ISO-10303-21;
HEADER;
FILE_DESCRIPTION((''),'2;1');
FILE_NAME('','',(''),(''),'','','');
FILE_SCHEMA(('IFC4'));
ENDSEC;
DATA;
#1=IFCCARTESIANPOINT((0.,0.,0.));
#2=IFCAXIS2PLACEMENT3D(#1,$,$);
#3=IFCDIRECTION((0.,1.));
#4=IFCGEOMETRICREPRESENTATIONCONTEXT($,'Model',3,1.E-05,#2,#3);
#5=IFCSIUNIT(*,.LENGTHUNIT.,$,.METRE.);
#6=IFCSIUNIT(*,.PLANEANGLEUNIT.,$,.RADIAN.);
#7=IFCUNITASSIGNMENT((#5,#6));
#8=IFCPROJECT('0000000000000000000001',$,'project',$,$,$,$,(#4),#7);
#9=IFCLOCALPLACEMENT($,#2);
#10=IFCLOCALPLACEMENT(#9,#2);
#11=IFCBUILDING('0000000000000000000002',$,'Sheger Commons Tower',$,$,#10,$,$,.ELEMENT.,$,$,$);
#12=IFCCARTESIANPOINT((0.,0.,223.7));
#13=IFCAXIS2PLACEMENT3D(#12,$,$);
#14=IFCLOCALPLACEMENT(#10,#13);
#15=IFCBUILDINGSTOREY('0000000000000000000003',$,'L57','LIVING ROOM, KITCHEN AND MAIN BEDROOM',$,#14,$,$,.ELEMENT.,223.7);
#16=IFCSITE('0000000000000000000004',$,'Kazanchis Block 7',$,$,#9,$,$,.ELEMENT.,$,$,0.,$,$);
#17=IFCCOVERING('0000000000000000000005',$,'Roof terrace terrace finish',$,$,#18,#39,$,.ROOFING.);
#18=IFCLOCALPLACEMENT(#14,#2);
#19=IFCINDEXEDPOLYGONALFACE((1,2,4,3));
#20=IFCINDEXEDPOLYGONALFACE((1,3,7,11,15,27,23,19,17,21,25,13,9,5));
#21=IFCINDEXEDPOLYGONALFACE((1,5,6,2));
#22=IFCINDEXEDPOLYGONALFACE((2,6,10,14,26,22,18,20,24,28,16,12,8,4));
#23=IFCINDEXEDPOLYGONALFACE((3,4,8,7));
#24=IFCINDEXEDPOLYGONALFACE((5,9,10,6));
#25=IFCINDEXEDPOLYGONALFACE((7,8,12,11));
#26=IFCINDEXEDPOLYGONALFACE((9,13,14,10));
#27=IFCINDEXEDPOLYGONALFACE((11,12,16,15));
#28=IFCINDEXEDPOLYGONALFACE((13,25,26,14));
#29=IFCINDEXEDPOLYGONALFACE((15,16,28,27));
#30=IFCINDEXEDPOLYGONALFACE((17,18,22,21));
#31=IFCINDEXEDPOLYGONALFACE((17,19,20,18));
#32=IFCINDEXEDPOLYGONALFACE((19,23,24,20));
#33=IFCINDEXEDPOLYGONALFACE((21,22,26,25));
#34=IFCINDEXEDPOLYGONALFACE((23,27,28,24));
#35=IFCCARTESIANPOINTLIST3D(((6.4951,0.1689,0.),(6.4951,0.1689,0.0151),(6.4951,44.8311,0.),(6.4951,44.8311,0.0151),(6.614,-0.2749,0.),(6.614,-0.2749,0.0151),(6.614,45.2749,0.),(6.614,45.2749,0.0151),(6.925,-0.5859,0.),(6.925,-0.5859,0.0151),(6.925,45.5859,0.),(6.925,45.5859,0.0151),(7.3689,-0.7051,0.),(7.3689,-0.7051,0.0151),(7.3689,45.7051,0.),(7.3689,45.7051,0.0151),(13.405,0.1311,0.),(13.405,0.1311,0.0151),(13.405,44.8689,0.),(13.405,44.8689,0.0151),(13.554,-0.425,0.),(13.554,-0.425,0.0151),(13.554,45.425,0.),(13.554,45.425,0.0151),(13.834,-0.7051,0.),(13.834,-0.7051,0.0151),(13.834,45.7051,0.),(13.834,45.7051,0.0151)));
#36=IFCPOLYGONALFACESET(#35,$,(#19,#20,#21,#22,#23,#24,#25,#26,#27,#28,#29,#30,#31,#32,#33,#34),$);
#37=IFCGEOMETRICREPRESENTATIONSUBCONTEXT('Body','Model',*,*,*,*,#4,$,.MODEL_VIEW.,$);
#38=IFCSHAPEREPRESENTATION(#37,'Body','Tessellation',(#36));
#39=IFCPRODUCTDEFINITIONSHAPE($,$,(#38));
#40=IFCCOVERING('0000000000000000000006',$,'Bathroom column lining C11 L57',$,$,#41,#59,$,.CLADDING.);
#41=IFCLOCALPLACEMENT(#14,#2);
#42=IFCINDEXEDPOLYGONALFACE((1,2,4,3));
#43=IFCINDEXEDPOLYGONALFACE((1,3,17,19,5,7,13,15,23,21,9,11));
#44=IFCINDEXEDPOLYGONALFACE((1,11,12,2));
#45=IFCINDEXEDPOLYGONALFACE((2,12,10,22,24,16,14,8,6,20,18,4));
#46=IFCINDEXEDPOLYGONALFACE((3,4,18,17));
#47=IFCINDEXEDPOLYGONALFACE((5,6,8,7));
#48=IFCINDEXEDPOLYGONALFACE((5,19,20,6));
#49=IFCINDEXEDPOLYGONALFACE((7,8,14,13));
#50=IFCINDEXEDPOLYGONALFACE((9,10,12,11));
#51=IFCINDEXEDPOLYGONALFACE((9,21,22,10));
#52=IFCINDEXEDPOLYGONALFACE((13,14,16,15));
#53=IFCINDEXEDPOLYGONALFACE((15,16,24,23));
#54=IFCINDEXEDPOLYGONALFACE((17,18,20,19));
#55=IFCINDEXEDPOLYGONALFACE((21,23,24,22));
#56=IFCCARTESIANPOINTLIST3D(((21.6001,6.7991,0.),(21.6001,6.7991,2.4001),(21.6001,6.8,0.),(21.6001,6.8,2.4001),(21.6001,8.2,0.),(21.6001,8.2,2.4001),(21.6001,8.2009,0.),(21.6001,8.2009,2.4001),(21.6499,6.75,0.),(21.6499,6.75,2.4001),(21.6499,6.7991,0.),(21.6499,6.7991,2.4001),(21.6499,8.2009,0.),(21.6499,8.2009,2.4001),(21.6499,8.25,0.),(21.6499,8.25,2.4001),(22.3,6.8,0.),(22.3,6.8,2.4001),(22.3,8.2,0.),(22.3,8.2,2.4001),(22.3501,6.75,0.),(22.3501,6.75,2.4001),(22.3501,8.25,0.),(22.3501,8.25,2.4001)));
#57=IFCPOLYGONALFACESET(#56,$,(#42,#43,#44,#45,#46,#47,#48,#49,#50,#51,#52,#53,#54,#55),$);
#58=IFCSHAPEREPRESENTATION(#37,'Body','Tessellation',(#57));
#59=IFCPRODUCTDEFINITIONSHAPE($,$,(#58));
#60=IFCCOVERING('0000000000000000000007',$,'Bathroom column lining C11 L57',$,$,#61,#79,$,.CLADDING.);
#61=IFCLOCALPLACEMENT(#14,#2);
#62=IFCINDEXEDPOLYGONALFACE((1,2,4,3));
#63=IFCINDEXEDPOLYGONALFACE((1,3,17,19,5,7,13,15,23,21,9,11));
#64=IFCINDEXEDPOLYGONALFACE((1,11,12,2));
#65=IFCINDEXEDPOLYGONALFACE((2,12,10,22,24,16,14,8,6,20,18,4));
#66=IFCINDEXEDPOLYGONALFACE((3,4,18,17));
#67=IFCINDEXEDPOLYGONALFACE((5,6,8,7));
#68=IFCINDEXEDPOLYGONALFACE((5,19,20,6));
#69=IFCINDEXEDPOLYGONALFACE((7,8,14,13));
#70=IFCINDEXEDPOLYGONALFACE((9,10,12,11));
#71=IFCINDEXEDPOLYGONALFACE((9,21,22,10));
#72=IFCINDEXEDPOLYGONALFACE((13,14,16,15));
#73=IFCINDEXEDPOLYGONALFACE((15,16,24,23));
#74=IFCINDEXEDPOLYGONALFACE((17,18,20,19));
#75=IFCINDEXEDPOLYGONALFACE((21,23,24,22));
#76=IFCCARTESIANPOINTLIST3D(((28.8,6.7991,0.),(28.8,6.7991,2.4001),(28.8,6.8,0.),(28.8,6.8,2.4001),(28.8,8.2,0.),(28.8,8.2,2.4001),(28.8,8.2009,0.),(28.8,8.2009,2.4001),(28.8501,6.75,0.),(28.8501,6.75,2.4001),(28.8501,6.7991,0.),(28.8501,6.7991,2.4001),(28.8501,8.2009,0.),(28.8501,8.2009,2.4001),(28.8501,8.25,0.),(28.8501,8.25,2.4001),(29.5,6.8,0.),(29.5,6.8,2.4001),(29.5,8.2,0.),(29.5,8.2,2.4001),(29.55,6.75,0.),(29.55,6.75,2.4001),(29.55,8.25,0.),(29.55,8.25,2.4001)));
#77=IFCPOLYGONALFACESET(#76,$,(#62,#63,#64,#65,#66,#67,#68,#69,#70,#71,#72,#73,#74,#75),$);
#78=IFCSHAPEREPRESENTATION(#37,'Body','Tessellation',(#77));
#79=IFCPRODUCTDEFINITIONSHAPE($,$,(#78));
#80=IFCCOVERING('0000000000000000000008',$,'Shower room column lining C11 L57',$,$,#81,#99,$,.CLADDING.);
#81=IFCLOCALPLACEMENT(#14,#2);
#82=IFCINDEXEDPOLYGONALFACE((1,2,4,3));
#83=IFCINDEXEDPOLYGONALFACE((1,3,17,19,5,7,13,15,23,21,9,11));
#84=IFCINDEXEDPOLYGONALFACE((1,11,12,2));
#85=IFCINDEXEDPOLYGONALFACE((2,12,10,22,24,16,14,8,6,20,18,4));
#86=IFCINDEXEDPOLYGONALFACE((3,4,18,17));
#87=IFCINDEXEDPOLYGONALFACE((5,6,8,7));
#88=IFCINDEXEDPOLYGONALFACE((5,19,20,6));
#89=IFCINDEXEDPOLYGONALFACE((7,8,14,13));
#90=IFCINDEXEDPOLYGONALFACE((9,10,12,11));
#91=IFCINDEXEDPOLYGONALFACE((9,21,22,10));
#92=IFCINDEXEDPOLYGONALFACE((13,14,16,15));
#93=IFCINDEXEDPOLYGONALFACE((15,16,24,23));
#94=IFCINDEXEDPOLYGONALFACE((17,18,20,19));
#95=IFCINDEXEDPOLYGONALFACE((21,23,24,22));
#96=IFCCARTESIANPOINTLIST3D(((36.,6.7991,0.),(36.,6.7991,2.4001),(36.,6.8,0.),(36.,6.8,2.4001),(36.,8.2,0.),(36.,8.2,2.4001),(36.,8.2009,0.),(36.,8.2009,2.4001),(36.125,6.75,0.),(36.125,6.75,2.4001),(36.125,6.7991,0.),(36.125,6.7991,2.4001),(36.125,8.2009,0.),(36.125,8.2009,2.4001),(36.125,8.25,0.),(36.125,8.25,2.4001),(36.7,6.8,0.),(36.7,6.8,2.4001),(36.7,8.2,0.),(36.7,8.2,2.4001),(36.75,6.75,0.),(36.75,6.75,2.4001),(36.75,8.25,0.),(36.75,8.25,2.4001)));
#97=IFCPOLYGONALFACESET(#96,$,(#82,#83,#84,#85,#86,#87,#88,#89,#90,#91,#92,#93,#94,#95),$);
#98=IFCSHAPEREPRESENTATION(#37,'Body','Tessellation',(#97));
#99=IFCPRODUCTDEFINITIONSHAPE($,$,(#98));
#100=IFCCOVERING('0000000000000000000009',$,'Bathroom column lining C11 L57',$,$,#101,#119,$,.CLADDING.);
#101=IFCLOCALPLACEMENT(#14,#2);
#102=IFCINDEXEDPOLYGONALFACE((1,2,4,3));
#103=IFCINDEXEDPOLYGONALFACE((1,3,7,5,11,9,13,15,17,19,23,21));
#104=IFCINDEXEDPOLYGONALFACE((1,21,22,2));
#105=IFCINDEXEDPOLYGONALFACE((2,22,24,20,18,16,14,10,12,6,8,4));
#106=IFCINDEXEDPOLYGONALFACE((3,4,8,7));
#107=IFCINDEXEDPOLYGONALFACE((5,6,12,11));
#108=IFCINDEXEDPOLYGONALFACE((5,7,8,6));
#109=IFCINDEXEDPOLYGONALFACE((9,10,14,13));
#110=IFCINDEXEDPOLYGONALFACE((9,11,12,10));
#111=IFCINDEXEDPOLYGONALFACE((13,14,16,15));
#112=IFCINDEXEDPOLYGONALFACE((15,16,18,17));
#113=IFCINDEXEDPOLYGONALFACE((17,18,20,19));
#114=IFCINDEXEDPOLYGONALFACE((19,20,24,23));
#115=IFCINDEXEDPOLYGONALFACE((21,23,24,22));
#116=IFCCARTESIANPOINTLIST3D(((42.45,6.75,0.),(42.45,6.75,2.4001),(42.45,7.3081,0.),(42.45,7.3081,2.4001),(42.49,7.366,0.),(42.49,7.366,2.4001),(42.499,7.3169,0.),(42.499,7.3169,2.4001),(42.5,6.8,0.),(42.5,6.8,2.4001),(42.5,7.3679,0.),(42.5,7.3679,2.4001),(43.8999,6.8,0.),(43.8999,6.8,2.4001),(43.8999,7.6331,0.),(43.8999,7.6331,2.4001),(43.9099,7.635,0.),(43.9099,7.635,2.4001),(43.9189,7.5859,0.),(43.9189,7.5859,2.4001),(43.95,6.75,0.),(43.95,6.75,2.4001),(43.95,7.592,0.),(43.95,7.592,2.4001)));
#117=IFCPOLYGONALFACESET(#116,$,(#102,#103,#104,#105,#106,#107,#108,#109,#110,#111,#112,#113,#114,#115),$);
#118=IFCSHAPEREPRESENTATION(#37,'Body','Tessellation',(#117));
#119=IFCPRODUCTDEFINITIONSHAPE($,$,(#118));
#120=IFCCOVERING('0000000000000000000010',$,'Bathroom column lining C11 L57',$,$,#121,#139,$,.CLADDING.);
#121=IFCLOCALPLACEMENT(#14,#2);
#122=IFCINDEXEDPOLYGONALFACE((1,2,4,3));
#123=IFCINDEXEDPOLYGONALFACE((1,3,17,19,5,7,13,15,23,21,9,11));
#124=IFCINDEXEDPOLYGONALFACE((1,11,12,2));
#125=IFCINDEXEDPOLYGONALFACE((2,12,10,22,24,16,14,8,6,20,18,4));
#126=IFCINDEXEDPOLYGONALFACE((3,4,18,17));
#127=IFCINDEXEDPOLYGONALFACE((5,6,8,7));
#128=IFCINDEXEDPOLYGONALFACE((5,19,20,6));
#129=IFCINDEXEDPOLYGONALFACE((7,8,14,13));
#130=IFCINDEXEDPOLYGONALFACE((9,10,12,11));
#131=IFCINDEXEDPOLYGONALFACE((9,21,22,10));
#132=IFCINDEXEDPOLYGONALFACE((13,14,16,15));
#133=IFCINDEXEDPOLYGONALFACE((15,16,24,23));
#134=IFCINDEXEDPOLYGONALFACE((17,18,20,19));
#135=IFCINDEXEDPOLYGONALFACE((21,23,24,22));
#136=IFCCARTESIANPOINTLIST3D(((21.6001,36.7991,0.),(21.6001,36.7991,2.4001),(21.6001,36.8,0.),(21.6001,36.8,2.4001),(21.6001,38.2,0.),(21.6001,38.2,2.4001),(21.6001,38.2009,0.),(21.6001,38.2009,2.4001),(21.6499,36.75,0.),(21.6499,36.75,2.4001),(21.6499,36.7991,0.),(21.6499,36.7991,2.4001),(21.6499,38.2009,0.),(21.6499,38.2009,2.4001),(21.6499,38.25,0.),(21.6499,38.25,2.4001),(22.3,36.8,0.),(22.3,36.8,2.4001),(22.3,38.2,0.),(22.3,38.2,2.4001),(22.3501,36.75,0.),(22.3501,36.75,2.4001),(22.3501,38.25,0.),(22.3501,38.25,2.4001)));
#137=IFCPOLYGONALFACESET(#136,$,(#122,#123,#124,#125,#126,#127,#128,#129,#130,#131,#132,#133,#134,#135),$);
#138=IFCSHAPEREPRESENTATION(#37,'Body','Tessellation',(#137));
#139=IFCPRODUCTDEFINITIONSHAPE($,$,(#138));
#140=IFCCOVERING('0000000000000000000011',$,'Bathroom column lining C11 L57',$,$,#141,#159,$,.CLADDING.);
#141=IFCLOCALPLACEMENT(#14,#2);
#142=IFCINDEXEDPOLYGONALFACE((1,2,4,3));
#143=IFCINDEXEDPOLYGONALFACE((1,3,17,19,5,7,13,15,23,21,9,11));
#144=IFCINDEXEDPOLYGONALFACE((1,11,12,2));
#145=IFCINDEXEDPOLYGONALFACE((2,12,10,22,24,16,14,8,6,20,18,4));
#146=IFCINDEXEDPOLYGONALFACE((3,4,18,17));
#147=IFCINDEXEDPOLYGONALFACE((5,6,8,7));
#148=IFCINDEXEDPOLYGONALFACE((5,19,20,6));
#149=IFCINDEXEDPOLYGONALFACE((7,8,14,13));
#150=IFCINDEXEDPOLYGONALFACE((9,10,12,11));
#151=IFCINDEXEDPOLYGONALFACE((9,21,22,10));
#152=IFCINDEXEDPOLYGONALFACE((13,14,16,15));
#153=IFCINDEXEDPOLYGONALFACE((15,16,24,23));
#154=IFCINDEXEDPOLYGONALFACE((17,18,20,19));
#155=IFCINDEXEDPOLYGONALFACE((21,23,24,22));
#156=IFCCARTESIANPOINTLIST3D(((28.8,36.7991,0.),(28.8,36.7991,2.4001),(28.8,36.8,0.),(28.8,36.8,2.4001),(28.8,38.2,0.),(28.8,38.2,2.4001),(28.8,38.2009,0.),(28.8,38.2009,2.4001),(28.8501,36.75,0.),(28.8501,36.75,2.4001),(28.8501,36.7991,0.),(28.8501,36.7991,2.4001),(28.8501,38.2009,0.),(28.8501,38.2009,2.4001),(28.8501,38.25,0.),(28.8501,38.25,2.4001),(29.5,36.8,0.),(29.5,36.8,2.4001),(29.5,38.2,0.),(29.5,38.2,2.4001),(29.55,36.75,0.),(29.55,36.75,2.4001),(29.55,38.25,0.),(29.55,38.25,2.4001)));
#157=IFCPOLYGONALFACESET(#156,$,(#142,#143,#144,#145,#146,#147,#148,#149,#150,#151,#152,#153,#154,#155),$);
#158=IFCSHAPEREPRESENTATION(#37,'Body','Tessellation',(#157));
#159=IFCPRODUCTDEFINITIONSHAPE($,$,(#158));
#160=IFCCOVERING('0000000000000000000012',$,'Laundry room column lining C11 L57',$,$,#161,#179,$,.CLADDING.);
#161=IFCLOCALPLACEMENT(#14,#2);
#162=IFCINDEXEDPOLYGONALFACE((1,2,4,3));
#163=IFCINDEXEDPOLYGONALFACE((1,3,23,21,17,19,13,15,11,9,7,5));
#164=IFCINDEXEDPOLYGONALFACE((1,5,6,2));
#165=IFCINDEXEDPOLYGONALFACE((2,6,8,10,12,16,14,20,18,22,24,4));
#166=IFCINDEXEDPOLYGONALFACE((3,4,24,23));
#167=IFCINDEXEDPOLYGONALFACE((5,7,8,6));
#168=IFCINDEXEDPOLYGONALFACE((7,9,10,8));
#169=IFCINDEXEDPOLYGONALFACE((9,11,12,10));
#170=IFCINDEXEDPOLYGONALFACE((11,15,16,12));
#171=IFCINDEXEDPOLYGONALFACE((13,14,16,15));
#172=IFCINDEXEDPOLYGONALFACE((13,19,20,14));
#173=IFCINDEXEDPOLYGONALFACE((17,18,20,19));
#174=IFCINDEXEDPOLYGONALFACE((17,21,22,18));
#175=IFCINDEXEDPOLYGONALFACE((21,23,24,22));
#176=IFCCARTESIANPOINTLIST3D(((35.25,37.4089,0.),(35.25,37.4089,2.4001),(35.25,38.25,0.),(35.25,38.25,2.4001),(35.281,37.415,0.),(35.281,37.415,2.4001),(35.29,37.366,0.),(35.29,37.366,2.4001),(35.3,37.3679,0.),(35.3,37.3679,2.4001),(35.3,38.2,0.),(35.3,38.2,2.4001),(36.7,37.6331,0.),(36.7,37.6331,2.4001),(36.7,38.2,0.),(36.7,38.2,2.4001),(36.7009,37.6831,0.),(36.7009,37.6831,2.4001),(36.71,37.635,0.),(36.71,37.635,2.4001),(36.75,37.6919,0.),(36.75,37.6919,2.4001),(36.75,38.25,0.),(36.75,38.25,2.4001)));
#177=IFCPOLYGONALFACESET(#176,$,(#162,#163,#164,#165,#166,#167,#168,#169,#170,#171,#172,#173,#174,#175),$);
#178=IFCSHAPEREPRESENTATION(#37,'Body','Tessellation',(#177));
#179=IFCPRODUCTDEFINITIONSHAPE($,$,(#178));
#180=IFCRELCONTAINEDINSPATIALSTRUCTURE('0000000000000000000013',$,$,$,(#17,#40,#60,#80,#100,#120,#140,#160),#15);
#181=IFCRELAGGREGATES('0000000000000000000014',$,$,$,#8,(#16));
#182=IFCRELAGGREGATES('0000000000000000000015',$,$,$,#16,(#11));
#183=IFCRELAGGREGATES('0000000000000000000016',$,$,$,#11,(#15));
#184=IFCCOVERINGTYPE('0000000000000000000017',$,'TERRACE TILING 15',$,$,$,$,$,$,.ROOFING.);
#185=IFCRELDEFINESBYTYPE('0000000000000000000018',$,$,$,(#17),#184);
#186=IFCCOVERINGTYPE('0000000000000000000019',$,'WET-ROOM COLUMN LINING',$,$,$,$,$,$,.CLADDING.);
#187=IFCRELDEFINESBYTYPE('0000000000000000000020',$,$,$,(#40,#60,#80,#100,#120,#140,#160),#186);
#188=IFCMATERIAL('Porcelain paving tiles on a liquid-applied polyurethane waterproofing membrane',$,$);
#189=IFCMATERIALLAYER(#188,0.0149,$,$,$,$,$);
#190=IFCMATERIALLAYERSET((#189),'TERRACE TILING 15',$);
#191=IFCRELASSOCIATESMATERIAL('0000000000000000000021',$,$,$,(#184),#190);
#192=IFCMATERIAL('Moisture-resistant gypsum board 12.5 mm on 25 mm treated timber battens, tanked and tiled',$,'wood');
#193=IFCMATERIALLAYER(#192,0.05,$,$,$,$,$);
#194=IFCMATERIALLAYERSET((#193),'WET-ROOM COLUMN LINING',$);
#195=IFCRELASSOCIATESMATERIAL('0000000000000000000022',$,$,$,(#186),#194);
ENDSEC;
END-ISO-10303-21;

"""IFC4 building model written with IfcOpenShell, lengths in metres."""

from ifc_helpers import new_model, si_unit, direction, frame, origin, place, context, subcontext, project, spatial, polyline, outline, extrude, material, layer, layer_set, type_object, element, save


model = new_model("IFC4")

# Units and contexts
model_context = context("Model", 3, precision=1e-05, world=origin(), true_north=direction((0.0, 1.0)))
body_context = subcontext(model_context, "Body", "Model", "MODEL_VIEW")
ifc_project = project(units=[si_unit("LENGTHUNIT", "METRE"), si_unit("PLANEANGLEUNIT", "RADIAN")], contexts=[model_context])

# Site, building, storey
site_placement = place(None, origin())
site = spatial("IfcSite", under=ifc_project, at=site_placement, Name="Kazanchis Block 7", CompositionType="ELEMENT", RefElevation=0.0)
building_placement = place(site_placement, origin())
building = spatial("IfcBuilding", under=site, at=building_placement, Name="Sheger Commons Tower", CompositionType="ELEMENT")
storey_placement = place(building_placement, frame((0.0, 0.0, 223.7)))
storey = spatial("IfcBuildingStorey", under=building, at=storey_placement, Name="L57", Description="LIVING ROOM, KITCHEN AND MAIN BEDROOM", CompositionType="ELEMENT", Elevation=223.7)

# Coverings
ifc_material_1 = material(Name="Porcelain paving tiles on a liquid-applied polyurethane waterproofing membrane")
ifc_layer_1 = layer(ifc_material_1, 0.0149)
ifc_layer_set_1 = layer_set([ifc_layer_1], Name="TERRACE TILING 15")
covering_type_1 = type_object("IfcCoveringType", Name="TERRACE TILING 15", PredefinedType="ROOFING", material=ifc_layer_set_1)
covering_1_placement = place(storey_placement, origin())
element("IfcCovering", 1, at=covering_1_placement, inside=storey, type_object=covering_type_1, Name="Roof terrace terrace finish", PredefinedType="ROOFING", context=body_context, shape_type="SweptSolid", body=[
    extrude(outline(polyline([(7.3689, -0.7051), (13.834, -0.7051), (13.554, -0.425), (13.405, 0.1311), (13.405, 44.8689), (13.554, 45.425), (13.834, 45.7051), (7.3689, 45.7051), (6.925, 45.5859), (6.614, 45.2749), (6.4951, 44.8311), (6.4951, 0.1689), (6.614, -0.2749), (6.925, -0.5859), (7.3689, -0.7051)])), origin(), (0.0, 0.0, 1.0), 0.0151),
])
ifc_material_2 = material(Name="Moisture-resistant gypsum board 12.5 mm on 25 mm treated timber battens, tanked and tiled", Category="wood")
ifc_layer_2 = layer(ifc_material_2, 0.05)
ifc_layer_set_2 = layer_set([ifc_layer_2], Name="WET-ROOM COLUMN LINING")
covering_type_2 = type_object("IfcCoveringType", Name="WET-ROOM COLUMN LINING", PredefinedType="CLADDING", material=ifc_layer_set_2)
covering_2_placement = place(storey_placement, origin())
element("IfcCovering", 2, at=covering_2_placement, inside=storey, type_object=covering_type_2, Name="Bathroom column lining C11 L57", PredefinedType="CLADDING", context=body_context, shape_type="SweptSolid", body=[
    extrude(outline(polyline([(22.3501, 6.75), (21.6499, 6.75), (21.6499, 6.7991), (21.6001, 6.7991), (21.6001, 6.8), (22.3, 6.8), (22.3, 8.2), (21.6001, 8.2), (21.6001, 8.2009), (21.6499, 8.2009), (21.6499, 8.25), (22.3501, 8.25), (22.3501, 6.75)])), origin(), (0.0, 0.0, 1.0), 2.4001),
])
covering_3_placement = place(storey_placement, origin())
element("IfcCovering", 3, at=covering_3_placement, inside=storey, type_object=covering_type_2, Name="Bathroom column lining C11 L57", PredefinedType="CLADDING", context=body_context, shape_type="SweptSolid", body=[
    extrude(outline(polyline([(29.55, 6.75), (28.8501, 6.75), (28.8501, 6.7991), (28.8, 6.7991), (28.8, 6.8), (29.5, 6.8), (29.5, 8.2), (28.8, 8.2), (28.8, 8.2009), (28.8501, 8.2009), (28.8501, 8.25), (29.55, 8.25), (29.55, 6.75)])), origin(), (0.0, 0.0, 1.0), 2.4001),
])
covering_4_placement = place(storey_placement, origin())
element("IfcCovering", 4, at=covering_4_placement, inside=storey, type_object=covering_type_2, Name="Shower room column lining C11 L57", PredefinedType="CLADDING", context=body_context, shape_type="SweptSolid", body=[
    extrude(outline(polyline([(36.75, 6.75), (36.125, 6.75), (36.125, 6.7991), (36.0, 6.7991), (36.0, 6.8), (36.7, 6.8), (36.7, 8.2), (36.0, 8.2), (36.0, 8.2009), (36.125, 8.2009), (36.125, 8.25), (36.75, 8.25), (36.75, 6.75)])), origin(), (0.0, 0.0, 1.0), 2.4001),
])
covering_5_placement = place(storey_placement, origin())
element("IfcCovering", 5, at=covering_5_placement, inside=storey, type_object=covering_type_2, Name="Bathroom column lining C11 L57", PredefinedType="CLADDING", context=body_context, shape_type="SweptSolid", body=[
    extrude(outline(polyline([(42.5, 7.3679), (42.5, 6.8), (43.8999, 6.8), (43.8999, 7.6331), (43.9099, 7.635), (43.9189, 7.5859), (43.95, 7.592), (43.95, 6.75), (42.45, 6.75), (42.45, 7.3081), (42.499, 7.3169), (42.49, 7.366), (42.5, 7.3679)])), origin(), (0.0, 0.0, 1.0), 2.4001),
])
covering_6_placement = place(storey_placement, origin())
element("IfcCovering", 6, at=covering_6_placement, inside=storey, type_object=covering_type_2, Name="Bathroom column lining C11 L57", PredefinedType="CLADDING", context=body_context, shape_type="SweptSolid", body=[
    extrude(outline(polyline([(22.3501, 36.75), (21.6499, 36.75), (21.6499, 36.7991), (21.6001, 36.7991), (21.6001, 36.8), (22.3, 36.8), (22.3, 38.2), (21.6001, 38.2), (21.6001, 38.2009), (21.6499, 38.2009), (21.6499, 38.25), (22.3501, 38.25), (22.3501, 36.75)])), origin(), (0.0, 0.0, 1.0), 2.4001),
])
covering_7_placement = place(storey_placement, origin())
element("IfcCovering", 7, at=covering_7_placement, inside=storey, type_object=covering_type_2, Name="Bathroom column lining C11 L57", PredefinedType="CLADDING", context=body_context, shape_type="SweptSolid", body=[
    extrude(outline(polyline([(29.55, 36.75), (28.8501, 36.75), (28.8501, 36.7991), (28.8, 36.7991), (28.8, 36.8), (29.5, 36.8), (29.5, 38.2), (28.8, 38.2), (28.8, 38.2009), (28.8501, 38.2009), (28.8501, 38.25), (29.55, 38.25), (29.55, 36.75)])), origin(), (0.0, 0.0, 1.0), 2.4001),
])
covering_8_placement = place(storey_placement, origin())
element("IfcCovering", 8, at=covering_8_placement, inside=storey, type_object=covering_type_2, Name="Laundry room column lining C11 L57", PredefinedType="CLADDING", context=body_context, shape_type="SweptSolid", body=[
    extrude(outline(polyline([(36.75, 38.25), (36.75, 37.6919), (36.7009, 37.6831), (36.71, 37.635), (36.7, 37.6331), (36.7, 38.2), (35.3, 38.2), (35.3, 37.3679), (35.29, 37.366), (35.281, 37.415), (35.25, 37.4089), (35.25, 38.25), (36.75, 38.25)])), origin(), (0.0, 0.0, 1.0), 2.4001),
])

save(model, "model.ifc")
